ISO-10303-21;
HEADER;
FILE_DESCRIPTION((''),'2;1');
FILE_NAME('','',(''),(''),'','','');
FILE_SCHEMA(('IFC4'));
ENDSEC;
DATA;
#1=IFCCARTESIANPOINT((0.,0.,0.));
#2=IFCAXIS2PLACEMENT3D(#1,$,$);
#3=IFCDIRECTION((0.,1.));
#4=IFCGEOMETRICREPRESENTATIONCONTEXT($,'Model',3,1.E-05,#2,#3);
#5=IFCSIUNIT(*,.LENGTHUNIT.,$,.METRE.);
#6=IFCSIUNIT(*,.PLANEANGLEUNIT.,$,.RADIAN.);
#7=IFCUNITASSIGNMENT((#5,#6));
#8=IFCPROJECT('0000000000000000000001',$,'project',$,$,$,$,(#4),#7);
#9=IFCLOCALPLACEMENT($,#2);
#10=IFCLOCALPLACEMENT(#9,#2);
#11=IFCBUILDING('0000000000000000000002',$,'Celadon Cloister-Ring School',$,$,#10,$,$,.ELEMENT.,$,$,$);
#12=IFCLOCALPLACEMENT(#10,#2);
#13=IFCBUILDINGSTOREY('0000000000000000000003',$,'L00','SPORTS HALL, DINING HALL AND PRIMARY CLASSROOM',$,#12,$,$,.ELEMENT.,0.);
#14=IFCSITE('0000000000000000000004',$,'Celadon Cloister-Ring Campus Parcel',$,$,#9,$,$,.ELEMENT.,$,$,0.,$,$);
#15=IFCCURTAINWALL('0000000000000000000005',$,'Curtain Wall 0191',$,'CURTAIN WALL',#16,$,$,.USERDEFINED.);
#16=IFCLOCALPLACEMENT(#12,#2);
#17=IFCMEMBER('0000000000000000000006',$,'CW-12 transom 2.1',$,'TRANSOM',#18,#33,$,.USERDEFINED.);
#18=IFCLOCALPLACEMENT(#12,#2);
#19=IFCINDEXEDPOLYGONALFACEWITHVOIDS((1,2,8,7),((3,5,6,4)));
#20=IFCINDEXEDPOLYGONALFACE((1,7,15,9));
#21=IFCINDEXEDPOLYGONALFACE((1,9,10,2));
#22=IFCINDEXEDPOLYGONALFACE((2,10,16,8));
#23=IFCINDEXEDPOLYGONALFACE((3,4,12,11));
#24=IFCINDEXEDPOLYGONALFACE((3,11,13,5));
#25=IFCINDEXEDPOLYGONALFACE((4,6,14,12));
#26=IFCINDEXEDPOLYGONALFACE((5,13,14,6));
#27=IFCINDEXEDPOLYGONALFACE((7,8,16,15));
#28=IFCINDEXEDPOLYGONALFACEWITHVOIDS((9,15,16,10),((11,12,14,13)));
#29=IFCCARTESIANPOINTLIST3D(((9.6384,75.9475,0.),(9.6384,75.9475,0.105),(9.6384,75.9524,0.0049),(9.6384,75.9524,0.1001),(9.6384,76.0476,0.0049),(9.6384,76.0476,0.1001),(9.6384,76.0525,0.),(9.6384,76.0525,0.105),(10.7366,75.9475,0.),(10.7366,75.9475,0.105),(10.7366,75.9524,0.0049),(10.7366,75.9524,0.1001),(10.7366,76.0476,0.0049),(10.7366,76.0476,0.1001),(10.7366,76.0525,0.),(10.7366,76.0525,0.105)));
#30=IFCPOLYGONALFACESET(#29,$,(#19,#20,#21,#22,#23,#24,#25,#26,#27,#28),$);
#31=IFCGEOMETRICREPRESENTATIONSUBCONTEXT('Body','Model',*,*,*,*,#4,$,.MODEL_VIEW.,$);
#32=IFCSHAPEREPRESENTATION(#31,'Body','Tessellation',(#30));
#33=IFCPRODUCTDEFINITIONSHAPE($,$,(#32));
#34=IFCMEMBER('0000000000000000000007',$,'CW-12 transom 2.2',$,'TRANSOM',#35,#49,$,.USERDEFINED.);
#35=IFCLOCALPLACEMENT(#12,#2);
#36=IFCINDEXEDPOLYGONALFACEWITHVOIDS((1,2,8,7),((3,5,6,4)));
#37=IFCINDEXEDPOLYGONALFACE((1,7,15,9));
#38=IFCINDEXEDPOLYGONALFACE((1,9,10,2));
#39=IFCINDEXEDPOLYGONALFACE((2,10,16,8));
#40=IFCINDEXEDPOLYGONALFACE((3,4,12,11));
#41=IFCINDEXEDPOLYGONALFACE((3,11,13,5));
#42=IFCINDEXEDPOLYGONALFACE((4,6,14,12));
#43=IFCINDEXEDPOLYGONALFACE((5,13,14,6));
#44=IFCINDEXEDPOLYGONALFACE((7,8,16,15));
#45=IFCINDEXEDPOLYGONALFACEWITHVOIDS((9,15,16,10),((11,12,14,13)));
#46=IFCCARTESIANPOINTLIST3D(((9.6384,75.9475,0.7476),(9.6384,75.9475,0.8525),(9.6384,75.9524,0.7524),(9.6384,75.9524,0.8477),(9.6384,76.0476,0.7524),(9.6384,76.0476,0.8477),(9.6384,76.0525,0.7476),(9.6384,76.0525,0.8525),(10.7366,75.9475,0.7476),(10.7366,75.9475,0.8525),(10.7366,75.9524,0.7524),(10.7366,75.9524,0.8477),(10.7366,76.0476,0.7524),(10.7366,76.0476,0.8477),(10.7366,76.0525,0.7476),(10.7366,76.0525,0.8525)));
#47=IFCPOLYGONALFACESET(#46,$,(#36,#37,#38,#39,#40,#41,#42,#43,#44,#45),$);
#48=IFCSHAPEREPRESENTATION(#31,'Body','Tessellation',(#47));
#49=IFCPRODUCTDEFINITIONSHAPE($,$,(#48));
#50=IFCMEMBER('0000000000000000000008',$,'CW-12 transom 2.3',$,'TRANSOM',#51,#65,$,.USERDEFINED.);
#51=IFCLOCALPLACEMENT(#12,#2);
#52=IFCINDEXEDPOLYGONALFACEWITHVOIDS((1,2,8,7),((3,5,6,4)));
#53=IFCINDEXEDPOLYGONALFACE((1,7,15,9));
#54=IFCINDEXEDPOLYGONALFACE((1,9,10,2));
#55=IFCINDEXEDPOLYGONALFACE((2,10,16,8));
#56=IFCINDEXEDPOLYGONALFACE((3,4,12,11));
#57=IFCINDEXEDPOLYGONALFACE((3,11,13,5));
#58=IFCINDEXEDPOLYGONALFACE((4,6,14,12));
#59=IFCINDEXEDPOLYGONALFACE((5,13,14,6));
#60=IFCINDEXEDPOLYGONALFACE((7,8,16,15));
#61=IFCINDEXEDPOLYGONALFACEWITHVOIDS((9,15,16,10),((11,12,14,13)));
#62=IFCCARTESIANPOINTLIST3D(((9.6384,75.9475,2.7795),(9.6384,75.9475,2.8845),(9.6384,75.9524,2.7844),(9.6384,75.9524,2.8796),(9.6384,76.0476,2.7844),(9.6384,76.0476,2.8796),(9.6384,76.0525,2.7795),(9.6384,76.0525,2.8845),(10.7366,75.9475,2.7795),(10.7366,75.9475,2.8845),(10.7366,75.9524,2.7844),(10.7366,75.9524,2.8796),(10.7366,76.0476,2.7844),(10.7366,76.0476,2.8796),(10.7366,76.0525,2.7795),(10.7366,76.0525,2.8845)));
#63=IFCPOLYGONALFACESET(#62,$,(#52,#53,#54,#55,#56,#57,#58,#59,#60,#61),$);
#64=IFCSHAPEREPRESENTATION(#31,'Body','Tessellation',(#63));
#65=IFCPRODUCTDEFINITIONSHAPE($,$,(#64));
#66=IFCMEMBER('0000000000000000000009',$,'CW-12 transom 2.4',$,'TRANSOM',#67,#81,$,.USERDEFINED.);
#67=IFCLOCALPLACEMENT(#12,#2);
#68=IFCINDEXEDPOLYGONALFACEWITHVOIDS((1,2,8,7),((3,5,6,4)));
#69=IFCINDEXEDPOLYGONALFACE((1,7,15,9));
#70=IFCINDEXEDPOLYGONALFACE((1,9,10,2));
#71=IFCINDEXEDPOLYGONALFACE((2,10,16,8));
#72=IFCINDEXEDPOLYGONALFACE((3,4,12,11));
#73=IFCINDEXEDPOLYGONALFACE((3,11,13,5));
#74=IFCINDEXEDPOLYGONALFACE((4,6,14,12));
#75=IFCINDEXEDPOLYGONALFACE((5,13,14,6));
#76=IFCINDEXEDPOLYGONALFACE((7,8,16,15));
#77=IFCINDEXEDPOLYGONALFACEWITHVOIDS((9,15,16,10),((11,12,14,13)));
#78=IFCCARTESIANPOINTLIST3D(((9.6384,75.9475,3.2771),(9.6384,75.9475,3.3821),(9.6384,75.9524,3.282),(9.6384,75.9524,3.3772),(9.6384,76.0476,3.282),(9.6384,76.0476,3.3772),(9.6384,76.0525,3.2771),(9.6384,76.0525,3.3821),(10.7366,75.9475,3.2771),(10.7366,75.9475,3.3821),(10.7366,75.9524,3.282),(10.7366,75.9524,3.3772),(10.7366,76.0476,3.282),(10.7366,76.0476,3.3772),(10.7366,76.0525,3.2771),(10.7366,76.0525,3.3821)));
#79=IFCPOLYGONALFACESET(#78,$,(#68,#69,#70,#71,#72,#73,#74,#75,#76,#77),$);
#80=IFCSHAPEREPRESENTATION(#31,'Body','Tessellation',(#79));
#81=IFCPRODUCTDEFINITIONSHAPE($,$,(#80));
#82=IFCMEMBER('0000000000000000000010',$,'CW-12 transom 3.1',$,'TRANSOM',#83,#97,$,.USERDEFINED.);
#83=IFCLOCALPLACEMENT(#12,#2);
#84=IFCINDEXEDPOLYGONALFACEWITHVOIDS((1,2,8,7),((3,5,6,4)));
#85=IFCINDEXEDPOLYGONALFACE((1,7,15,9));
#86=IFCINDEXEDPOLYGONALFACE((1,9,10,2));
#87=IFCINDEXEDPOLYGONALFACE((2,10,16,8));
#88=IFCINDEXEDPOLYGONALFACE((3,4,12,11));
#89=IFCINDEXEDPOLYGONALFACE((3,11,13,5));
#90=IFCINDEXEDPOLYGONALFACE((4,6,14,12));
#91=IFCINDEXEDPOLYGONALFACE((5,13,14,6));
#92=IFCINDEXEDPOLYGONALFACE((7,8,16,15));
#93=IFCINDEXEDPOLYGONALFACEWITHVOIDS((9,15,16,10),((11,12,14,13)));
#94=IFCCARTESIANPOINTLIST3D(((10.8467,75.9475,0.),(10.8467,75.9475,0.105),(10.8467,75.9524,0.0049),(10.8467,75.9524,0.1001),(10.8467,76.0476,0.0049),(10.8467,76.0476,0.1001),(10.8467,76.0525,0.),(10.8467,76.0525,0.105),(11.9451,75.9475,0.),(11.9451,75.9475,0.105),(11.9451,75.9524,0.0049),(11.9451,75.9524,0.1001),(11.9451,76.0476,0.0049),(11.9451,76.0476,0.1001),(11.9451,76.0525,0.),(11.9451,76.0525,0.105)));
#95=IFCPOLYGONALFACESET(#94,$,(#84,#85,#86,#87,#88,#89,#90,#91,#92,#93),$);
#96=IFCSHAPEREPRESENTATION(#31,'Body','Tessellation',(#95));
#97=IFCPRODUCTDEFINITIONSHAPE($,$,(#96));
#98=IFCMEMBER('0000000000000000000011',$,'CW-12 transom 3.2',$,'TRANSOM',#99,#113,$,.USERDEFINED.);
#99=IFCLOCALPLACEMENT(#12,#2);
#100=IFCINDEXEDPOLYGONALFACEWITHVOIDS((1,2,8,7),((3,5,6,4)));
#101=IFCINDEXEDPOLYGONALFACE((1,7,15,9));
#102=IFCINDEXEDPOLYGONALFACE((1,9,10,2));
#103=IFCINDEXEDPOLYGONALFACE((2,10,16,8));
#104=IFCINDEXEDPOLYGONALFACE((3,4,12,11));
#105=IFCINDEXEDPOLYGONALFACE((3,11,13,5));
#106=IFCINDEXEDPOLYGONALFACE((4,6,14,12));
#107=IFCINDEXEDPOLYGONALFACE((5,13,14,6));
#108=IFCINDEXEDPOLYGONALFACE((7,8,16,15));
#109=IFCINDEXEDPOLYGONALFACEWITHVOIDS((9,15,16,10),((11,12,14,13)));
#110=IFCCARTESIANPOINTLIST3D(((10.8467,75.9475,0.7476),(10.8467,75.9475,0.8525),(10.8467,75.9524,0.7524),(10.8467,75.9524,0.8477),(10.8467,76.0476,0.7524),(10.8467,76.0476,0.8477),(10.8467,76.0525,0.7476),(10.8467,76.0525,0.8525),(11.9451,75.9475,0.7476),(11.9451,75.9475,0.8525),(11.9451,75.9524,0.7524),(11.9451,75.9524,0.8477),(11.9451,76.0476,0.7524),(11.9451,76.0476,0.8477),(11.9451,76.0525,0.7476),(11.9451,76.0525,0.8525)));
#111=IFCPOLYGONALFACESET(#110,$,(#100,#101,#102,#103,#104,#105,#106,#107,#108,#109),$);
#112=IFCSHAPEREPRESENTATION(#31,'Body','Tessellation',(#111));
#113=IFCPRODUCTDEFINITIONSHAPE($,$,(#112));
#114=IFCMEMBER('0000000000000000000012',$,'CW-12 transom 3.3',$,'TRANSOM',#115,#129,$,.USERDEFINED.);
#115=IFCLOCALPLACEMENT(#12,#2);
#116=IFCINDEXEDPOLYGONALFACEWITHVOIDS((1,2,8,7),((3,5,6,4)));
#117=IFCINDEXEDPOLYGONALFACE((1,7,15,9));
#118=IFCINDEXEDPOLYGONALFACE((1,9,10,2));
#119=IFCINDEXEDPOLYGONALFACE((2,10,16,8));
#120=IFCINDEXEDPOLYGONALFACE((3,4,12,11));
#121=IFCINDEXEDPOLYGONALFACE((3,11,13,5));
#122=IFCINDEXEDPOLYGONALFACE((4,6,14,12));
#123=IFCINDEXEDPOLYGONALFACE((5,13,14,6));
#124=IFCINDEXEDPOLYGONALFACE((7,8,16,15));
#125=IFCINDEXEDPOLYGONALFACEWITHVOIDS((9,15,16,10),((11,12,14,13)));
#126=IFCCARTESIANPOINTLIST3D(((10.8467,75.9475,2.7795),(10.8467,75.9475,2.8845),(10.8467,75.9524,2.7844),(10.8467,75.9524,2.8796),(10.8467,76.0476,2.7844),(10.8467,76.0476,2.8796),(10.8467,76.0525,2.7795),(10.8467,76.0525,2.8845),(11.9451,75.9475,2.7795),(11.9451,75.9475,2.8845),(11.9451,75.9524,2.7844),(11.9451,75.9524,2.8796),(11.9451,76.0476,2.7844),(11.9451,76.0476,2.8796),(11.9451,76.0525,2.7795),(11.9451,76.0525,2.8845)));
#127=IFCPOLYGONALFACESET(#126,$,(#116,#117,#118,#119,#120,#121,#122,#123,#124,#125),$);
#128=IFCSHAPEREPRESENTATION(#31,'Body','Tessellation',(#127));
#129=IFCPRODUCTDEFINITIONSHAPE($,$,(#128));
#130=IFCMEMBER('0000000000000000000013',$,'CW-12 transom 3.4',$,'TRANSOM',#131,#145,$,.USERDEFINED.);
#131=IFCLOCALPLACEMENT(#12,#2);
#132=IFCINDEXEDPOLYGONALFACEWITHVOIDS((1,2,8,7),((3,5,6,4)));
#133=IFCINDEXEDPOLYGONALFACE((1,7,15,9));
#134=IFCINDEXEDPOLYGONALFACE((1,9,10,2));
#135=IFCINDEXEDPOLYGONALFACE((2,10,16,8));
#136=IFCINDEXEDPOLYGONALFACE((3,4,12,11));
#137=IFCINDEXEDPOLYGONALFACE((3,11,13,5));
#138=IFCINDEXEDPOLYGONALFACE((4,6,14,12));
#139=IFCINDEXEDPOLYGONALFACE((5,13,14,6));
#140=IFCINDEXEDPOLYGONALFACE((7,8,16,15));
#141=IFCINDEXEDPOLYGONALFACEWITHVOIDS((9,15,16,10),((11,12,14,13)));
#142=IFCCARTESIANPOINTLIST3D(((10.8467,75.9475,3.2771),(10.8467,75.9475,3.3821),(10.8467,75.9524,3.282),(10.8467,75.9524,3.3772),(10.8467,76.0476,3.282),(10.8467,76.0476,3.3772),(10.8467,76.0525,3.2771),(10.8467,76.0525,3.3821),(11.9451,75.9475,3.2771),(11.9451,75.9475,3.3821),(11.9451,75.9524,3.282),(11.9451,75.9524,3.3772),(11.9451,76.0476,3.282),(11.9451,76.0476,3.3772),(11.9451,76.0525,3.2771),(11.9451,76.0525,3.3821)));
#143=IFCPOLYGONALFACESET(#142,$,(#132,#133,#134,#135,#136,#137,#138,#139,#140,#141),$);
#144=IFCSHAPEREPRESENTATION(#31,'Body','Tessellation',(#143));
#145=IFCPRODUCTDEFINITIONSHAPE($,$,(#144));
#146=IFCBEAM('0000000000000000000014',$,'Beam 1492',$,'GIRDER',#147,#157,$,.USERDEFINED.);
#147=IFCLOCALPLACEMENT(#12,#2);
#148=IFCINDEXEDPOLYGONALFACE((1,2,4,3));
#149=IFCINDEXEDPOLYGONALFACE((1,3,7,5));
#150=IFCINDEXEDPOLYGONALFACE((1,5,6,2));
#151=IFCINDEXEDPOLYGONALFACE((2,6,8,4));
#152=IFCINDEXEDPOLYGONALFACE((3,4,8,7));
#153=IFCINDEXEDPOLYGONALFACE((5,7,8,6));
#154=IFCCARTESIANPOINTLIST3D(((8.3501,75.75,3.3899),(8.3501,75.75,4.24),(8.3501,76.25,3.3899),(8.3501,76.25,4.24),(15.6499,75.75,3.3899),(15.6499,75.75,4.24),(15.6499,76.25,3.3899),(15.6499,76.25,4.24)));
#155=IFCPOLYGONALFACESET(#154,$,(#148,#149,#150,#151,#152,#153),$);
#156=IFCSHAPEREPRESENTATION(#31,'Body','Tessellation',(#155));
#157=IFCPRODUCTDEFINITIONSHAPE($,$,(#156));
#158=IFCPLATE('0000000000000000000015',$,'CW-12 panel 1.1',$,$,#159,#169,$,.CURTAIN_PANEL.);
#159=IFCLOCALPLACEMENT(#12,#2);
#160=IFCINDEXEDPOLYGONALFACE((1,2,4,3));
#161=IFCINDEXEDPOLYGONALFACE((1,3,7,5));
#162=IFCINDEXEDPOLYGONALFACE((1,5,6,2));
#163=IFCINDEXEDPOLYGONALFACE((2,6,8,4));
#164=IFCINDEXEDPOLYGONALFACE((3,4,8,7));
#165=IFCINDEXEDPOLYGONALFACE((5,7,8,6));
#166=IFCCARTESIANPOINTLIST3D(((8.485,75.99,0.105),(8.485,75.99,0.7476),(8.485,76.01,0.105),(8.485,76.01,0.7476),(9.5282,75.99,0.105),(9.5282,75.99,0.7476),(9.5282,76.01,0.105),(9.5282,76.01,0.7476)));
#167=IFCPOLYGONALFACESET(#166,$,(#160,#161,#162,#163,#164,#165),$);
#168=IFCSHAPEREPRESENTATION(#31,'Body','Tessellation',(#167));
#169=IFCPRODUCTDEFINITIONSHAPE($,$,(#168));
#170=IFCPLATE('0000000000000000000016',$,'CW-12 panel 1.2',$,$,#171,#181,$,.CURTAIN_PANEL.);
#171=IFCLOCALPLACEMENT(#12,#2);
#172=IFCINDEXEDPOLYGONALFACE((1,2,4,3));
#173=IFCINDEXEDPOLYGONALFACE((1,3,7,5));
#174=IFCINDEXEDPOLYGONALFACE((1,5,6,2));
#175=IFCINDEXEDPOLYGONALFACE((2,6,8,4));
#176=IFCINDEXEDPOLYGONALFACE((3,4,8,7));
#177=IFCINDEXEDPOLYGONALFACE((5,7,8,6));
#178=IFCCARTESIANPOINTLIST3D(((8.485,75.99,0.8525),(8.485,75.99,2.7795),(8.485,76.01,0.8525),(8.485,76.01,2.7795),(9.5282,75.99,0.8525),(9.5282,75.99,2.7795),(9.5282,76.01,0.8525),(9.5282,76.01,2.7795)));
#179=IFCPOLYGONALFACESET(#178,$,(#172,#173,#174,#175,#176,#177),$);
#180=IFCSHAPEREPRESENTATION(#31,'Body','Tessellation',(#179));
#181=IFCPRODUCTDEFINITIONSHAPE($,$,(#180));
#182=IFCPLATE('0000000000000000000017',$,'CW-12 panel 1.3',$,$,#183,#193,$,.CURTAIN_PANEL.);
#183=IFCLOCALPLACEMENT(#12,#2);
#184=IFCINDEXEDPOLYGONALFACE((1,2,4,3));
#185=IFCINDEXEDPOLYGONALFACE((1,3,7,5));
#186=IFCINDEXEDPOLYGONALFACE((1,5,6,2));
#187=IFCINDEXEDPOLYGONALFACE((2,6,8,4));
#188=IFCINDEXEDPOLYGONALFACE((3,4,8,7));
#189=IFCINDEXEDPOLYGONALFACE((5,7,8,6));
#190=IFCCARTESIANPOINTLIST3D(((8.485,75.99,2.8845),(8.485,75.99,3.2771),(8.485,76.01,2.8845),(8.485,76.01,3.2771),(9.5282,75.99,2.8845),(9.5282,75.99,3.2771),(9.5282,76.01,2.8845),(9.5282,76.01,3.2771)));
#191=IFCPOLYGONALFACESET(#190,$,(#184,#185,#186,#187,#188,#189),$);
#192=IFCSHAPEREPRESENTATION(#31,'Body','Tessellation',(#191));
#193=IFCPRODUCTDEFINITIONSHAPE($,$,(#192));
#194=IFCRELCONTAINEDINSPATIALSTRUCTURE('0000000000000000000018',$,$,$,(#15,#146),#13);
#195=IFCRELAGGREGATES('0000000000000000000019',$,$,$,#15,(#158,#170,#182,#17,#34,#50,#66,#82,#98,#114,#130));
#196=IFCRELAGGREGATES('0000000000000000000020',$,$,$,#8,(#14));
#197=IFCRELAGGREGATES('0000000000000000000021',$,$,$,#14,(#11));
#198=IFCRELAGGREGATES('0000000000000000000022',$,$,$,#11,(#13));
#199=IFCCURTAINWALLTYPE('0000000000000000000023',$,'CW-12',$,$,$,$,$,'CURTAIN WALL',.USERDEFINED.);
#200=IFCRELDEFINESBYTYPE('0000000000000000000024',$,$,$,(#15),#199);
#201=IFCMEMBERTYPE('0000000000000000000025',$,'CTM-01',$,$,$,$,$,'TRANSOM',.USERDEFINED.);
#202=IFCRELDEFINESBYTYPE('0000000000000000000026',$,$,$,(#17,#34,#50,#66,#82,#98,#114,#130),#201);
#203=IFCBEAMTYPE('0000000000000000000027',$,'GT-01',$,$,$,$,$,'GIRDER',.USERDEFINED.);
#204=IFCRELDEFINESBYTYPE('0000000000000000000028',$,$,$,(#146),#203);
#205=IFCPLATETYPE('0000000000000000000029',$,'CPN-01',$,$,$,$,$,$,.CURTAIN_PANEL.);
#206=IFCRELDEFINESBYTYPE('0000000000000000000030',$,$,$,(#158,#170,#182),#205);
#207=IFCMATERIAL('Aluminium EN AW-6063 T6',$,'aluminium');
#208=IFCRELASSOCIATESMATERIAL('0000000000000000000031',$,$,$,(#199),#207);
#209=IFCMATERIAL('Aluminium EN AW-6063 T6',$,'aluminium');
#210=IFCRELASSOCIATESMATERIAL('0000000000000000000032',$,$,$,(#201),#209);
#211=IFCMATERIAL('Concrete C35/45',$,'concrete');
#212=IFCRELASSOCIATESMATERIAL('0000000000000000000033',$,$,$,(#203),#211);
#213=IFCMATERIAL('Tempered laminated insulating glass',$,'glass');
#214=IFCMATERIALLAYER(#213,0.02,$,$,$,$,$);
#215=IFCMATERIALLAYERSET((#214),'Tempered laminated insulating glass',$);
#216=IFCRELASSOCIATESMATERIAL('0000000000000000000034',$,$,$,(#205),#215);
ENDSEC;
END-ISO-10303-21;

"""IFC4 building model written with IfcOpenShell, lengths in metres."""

from ifc_helpers import new_model, si_unit, direction, frame, origin, origin_2d, place, context, subcontext, project, spatial, rectangle, hollow_rectangle, extrude, material, layer, layer_set, material_profile, profile_set, type_object, element, aggregate, save


model = new_model("IFC4")

# Units and contexts
model_context = context("Model", 3, precision=1e-05, world=origin(), true_north=direction((0.0, 1.0)))
body_context = subcontext(model_context, "Body", "Model", "MODEL_VIEW")
ifc_project = project(units=[si_unit("LENGTHUNIT", "METRE"), si_unit("PLANEANGLEUNIT", "RADIAN")], contexts=[model_context])

# Site, building, storey
site_placement = place(None, origin())
site = spatial("IfcSite", under=ifc_project, at=site_placement, Name="Celadon Cloister-Ring Campus Parcel", CompositionType="ELEMENT", RefElevation=0.0)
building_placement = place(site_placement, origin())
building = spatial("IfcBuilding", under=site, at=building_placement, Name="Celadon Cloister-Ring School", CompositionType="ELEMENT")
storey_placement = place(building_placement, origin())
storey = spatial("IfcBuildingStorey", under=building, at=storey_placement, Name="L00", Description="SPORTS HALL, DINING HALL AND PRIMARY CLASSROOM", CompositionType="ELEMENT", Elevation=0.0)

# Curtain wall, members
ifc_material_1 = material(Name="Aluminium EN AW-6063 T6", Category="aluminium")
curtain_wall_type = type_object("IfcCurtainWallType", Name="CW-12", ElementType="CURTAIN WALL", PredefinedType="USERDEFINED", material=ifc_material_1)
curtain_wall_placement = place(storey_placement, origin())
curtain_wall = element("IfcCurtainWall", 1, at=curtain_wall_placement, inside=storey, type_object=curtain_wall_type, Name="Curtain Wall 0191", ObjectType="CURTAIN WALL", PredefinedType="USERDEFINED")
ifc_material_2 = material(Name="Aluminium EN AW-6063 T6", Category="aluminium")
ifc_material_profile_1 = material_profile(ifc_material_2, hollow_rectangle(XDim=0.105, YDim=0.105, WallThickness=0.0049, at=origin_2d()), Name="RHS105X105X5")
ifc_profile_set_1 = profile_set([ifc_material_profile_1], Name="Aluminium EN AW-6063 T6")
member_type_1 = type_object("IfcMemberType", Name="CTM-01", ElementType="TRANSOM", PredefinedType="USERDEFINED", material=ifc_profile_set_1)
member_1_placement = place(storey_placement, frame((9.6384, 76.0, 0.0525), z_axis=(1.0, 0.0, 0.0), x_axis=(0.0, 1.0, 0.0)))
member_1 = element("IfcMember", 2, at=member_1_placement, type_object=member_type_1, Name="CW-12 transom 2.1", ObjectType="TRANSOM", PredefinedType="USERDEFINED", context=body_context, shape_type="SweptSolid", body=[
    extrude(hollow_rectangle(XDim=0.105, YDim=0.105, WallThickness=0.0049, at=origin_2d()), origin(), (0.0, 0.0, 1.0), 1.0981),
])
member_2_placement = place(storey_placement, frame((9.6384, 76.0, 0.8), z_axis=(1.0, 0.0, 0.0), x_axis=(0.0, 1.0, 0.0)))
member_2 = element("IfcMember", 3, at=member_2_placement, type_object=member_type_1, Name="CW-12 transom 2.2", ObjectType="TRANSOM", PredefinedType="USERDEFINED", context=body_context, shape_type="SweptSolid", body=[
    extrude(hollow_rectangle(XDim=0.105, YDim=0.105, WallThickness=0.0049, at=origin_2d()), origin(), (0.0, 0.0, 1.0), 1.0981),
])
member_3_placement = place(storey_placement, frame((9.6384, 76.0, 2.832), z_axis=(1.0, 0.0, 0.0), x_axis=(0.0, 1.0, 0.0)))
member_3 = element("IfcMember", 4, at=member_3_placement, type_object=member_type_1, Name="CW-12 transom 2.3", ObjectType="TRANSOM", PredefinedType="USERDEFINED", context=body_context, shape_type="SweptSolid", body=[
    extrude(hollow_rectangle(XDim=0.105, YDim=0.105, WallThickness=0.0049, at=origin_2d()), origin(), (0.0, 0.0, 1.0), 1.0981),
])
member_4_placement = place(storey_placement, frame((9.6384, 76.0, 3.3296), z_axis=(1.0, 0.0, 0.0), x_axis=(0.0, 1.0, 0.0)))
member_4 = element("IfcMember", 5, at=member_4_placement, type_object=member_type_1, Name="CW-12 transom 2.4", ObjectType="TRANSOM", PredefinedType="USERDEFINED", context=body_context, shape_type="SweptSolid", body=[
    extrude(hollow_rectangle(XDim=0.105, YDim=0.105, WallThickness=0.0049, at=origin_2d()), origin(), (0.0, 0.0, 1.0), 1.0981),
])
member_5_placement = place(storey_placement, frame((10.8467, 76.0, 0.0525), z_axis=(1.0, 0.0, 0.0), x_axis=(0.0, 1.0, 0.0)))
member_5 = element("IfcMember", 6, at=member_5_placement, type_object=member_type_1, Name="CW-12 transom 3.1", ObjectType="TRANSOM", PredefinedType="USERDEFINED", context=body_context, shape_type="SweptSolid", body=[
    extrude(hollow_rectangle(XDim=0.105, YDim=0.105, WallThickness=0.0049, at=origin_2d()), origin(), (0.0, 0.0, 1.0), 1.0984),
])
member_6_placement = place(storey_placement, frame((10.8467, 76.0, 0.8), z_axis=(1.0, 0.0, 0.0), x_axis=(0.0, 1.0, 0.0)))
member_6 = element("IfcMember", 7, at=member_6_placement, type_object=member_type_1, Name="CW-12 transom 3.2", ObjectType="TRANSOM", PredefinedType="USERDEFINED", context=body_context, shape_type="SweptSolid", body=[
    extrude(hollow_rectangle(XDim=0.105, YDim=0.105, WallThickness=0.0049, at=origin_2d()), origin(), (0.0, 0.0, 1.0), 1.0984),
])
member_7_placement = place(storey_placement, frame((10.8467, 76.0, 2.832), z_axis=(1.0, 0.0, 0.0), x_axis=(0.0, 1.0, 0.0)))
member_7 = element("IfcMember", 8, at=member_7_placement, type_object=member_type_1, Name="CW-12 transom 3.3", ObjectType="TRANSOM", PredefinedType="USERDEFINED", context=body_context, shape_type="SweptSolid", body=[
    extrude(hollow_rectangle(XDim=0.105, YDim=0.105, WallThickness=0.0049, at=origin_2d()), origin(), (0.0, 0.0, 1.0), 1.0984),
])
member_8_placement = place(storey_placement, frame((10.8467, 76.0, 3.3296), z_axis=(1.0, 0.0, 0.0), x_axis=(0.0, 1.0, 0.0)))
member_8 = element("IfcMember", 9, at=member_8_placement, type_object=member_type_1, Name="CW-12 transom 3.4", ObjectType="TRANSOM", PredefinedType="USERDEFINED", context=body_context, shape_type="SweptSolid", body=[
    extrude(hollow_rectangle(XDim=0.105, YDim=0.105, WallThickness=0.0049, at=origin_2d()), origin(), (0.0, 0.0, 1.0), 1.0984),
])

# Beam
ifc_material_3 = material(Name="Concrete C35/45", Category="concrete")
ifc_material_profile_2 = material_profile(ifc_material_3, rectangle(XDim=0.5, YDim=0.8501, at=origin_2d()), Name="RC500X850")
ifc_profile_set_2 = profile_set([ifc_material_profile_2], Name="Concrete C35/45")
beam_type = type_object("IfcBeamType", Name="GT-01", ElementType="GIRDER", PredefinedType="USERDEFINED", material=ifc_profile_set_2)
beam_placement = place(storey_placement, frame((8.3501, 76.0, 3.8149), z_axis=(1.0, 0.0, 0.0), x_axis=(0.0, 1.0, 0.0)))
element("IfcBeam", 10, at=beam_placement, inside=storey, type_object=beam_type, Name="Beam 1492", ObjectType="GIRDER", PredefinedType="USERDEFINED", context=body_context, shape_type="SweptSolid", body=[
    extrude(rectangle(XDim=0.5, YDim=0.8501, at=origin_2d()), origin(), (0.0, 0.0, 1.0), 7.2998),
])

# Plates
ifc_material_4 = material(Name="Tempered laminated insulating glass", Category="glass")
ifc_layer = layer(ifc_material_4, 0.02)
ifc_layer_set = layer_set([ifc_layer], Name="Tempered laminated insulating glass")
plate_type = type_object("IfcPlateType", Name="CPN-01", PredefinedType="CURTAIN_PANEL", material=ifc_layer_set)
plate_1_placement = place(storey_placement, frame((9.0066, 76.0, 0.105), z_axis=(0.0, 0.0, 1.0), x_axis=(1.0, 0.0, 0.0)))
plate_1 = element("IfcPlate", 11, at=plate_1_placement, type_object=plate_type, Name="CW-12 panel 1.1", PredefinedType="CURTAIN_PANEL", context=body_context, shape_type="SweptSolid", body=[
    extrude(rectangle(XDim=1.0432, YDim=0.02, at=origin_2d()), origin(), (0.0, 0.0, 1.0), 0.6426),
])
plate_2_placement = place(storey_placement, frame((9.0066, 76.0, 0.8525), z_axis=(0.0, 0.0, 1.0), x_axis=(1.0, 0.0, 0.0)))
plate_2 = element("IfcPlate", 12, at=plate_2_placement, type_object=plate_type, Name="CW-12 panel 1.2", PredefinedType="CURTAIN_PANEL", context=body_context, shape_type="SweptSolid", body=[
    extrude(rectangle(XDim=1.0432, YDim=0.02, at=origin_2d()), origin(), (0.0, 0.0, 1.0), 1.927),
])
plate_3_placement = place(storey_placement, frame((9.0066, 76.0, 2.8845), z_axis=(0.0, 0.0, 1.0), x_axis=(1.0, 0.0, 0.0)))
plate_3 = element("IfcPlate", 13, at=plate_3_placement, type_object=plate_type, Name="CW-12 panel 1.3", PredefinedType="CURTAIN_PANEL", context=body_context, shape_type="SweptSolid", body=[
    extrude(rectangle(XDim=1.0432, YDim=0.02, at=origin_2d()), origin(), (0.0, 0.0, 1.0), 0.3926),
])
aggregate(curtain_wall, [plate_1, plate_2, plate_3, member_1, member_2, member_3, member_4, member_5, member_6, member_7, member_8])

save(model, "model.ifc")
